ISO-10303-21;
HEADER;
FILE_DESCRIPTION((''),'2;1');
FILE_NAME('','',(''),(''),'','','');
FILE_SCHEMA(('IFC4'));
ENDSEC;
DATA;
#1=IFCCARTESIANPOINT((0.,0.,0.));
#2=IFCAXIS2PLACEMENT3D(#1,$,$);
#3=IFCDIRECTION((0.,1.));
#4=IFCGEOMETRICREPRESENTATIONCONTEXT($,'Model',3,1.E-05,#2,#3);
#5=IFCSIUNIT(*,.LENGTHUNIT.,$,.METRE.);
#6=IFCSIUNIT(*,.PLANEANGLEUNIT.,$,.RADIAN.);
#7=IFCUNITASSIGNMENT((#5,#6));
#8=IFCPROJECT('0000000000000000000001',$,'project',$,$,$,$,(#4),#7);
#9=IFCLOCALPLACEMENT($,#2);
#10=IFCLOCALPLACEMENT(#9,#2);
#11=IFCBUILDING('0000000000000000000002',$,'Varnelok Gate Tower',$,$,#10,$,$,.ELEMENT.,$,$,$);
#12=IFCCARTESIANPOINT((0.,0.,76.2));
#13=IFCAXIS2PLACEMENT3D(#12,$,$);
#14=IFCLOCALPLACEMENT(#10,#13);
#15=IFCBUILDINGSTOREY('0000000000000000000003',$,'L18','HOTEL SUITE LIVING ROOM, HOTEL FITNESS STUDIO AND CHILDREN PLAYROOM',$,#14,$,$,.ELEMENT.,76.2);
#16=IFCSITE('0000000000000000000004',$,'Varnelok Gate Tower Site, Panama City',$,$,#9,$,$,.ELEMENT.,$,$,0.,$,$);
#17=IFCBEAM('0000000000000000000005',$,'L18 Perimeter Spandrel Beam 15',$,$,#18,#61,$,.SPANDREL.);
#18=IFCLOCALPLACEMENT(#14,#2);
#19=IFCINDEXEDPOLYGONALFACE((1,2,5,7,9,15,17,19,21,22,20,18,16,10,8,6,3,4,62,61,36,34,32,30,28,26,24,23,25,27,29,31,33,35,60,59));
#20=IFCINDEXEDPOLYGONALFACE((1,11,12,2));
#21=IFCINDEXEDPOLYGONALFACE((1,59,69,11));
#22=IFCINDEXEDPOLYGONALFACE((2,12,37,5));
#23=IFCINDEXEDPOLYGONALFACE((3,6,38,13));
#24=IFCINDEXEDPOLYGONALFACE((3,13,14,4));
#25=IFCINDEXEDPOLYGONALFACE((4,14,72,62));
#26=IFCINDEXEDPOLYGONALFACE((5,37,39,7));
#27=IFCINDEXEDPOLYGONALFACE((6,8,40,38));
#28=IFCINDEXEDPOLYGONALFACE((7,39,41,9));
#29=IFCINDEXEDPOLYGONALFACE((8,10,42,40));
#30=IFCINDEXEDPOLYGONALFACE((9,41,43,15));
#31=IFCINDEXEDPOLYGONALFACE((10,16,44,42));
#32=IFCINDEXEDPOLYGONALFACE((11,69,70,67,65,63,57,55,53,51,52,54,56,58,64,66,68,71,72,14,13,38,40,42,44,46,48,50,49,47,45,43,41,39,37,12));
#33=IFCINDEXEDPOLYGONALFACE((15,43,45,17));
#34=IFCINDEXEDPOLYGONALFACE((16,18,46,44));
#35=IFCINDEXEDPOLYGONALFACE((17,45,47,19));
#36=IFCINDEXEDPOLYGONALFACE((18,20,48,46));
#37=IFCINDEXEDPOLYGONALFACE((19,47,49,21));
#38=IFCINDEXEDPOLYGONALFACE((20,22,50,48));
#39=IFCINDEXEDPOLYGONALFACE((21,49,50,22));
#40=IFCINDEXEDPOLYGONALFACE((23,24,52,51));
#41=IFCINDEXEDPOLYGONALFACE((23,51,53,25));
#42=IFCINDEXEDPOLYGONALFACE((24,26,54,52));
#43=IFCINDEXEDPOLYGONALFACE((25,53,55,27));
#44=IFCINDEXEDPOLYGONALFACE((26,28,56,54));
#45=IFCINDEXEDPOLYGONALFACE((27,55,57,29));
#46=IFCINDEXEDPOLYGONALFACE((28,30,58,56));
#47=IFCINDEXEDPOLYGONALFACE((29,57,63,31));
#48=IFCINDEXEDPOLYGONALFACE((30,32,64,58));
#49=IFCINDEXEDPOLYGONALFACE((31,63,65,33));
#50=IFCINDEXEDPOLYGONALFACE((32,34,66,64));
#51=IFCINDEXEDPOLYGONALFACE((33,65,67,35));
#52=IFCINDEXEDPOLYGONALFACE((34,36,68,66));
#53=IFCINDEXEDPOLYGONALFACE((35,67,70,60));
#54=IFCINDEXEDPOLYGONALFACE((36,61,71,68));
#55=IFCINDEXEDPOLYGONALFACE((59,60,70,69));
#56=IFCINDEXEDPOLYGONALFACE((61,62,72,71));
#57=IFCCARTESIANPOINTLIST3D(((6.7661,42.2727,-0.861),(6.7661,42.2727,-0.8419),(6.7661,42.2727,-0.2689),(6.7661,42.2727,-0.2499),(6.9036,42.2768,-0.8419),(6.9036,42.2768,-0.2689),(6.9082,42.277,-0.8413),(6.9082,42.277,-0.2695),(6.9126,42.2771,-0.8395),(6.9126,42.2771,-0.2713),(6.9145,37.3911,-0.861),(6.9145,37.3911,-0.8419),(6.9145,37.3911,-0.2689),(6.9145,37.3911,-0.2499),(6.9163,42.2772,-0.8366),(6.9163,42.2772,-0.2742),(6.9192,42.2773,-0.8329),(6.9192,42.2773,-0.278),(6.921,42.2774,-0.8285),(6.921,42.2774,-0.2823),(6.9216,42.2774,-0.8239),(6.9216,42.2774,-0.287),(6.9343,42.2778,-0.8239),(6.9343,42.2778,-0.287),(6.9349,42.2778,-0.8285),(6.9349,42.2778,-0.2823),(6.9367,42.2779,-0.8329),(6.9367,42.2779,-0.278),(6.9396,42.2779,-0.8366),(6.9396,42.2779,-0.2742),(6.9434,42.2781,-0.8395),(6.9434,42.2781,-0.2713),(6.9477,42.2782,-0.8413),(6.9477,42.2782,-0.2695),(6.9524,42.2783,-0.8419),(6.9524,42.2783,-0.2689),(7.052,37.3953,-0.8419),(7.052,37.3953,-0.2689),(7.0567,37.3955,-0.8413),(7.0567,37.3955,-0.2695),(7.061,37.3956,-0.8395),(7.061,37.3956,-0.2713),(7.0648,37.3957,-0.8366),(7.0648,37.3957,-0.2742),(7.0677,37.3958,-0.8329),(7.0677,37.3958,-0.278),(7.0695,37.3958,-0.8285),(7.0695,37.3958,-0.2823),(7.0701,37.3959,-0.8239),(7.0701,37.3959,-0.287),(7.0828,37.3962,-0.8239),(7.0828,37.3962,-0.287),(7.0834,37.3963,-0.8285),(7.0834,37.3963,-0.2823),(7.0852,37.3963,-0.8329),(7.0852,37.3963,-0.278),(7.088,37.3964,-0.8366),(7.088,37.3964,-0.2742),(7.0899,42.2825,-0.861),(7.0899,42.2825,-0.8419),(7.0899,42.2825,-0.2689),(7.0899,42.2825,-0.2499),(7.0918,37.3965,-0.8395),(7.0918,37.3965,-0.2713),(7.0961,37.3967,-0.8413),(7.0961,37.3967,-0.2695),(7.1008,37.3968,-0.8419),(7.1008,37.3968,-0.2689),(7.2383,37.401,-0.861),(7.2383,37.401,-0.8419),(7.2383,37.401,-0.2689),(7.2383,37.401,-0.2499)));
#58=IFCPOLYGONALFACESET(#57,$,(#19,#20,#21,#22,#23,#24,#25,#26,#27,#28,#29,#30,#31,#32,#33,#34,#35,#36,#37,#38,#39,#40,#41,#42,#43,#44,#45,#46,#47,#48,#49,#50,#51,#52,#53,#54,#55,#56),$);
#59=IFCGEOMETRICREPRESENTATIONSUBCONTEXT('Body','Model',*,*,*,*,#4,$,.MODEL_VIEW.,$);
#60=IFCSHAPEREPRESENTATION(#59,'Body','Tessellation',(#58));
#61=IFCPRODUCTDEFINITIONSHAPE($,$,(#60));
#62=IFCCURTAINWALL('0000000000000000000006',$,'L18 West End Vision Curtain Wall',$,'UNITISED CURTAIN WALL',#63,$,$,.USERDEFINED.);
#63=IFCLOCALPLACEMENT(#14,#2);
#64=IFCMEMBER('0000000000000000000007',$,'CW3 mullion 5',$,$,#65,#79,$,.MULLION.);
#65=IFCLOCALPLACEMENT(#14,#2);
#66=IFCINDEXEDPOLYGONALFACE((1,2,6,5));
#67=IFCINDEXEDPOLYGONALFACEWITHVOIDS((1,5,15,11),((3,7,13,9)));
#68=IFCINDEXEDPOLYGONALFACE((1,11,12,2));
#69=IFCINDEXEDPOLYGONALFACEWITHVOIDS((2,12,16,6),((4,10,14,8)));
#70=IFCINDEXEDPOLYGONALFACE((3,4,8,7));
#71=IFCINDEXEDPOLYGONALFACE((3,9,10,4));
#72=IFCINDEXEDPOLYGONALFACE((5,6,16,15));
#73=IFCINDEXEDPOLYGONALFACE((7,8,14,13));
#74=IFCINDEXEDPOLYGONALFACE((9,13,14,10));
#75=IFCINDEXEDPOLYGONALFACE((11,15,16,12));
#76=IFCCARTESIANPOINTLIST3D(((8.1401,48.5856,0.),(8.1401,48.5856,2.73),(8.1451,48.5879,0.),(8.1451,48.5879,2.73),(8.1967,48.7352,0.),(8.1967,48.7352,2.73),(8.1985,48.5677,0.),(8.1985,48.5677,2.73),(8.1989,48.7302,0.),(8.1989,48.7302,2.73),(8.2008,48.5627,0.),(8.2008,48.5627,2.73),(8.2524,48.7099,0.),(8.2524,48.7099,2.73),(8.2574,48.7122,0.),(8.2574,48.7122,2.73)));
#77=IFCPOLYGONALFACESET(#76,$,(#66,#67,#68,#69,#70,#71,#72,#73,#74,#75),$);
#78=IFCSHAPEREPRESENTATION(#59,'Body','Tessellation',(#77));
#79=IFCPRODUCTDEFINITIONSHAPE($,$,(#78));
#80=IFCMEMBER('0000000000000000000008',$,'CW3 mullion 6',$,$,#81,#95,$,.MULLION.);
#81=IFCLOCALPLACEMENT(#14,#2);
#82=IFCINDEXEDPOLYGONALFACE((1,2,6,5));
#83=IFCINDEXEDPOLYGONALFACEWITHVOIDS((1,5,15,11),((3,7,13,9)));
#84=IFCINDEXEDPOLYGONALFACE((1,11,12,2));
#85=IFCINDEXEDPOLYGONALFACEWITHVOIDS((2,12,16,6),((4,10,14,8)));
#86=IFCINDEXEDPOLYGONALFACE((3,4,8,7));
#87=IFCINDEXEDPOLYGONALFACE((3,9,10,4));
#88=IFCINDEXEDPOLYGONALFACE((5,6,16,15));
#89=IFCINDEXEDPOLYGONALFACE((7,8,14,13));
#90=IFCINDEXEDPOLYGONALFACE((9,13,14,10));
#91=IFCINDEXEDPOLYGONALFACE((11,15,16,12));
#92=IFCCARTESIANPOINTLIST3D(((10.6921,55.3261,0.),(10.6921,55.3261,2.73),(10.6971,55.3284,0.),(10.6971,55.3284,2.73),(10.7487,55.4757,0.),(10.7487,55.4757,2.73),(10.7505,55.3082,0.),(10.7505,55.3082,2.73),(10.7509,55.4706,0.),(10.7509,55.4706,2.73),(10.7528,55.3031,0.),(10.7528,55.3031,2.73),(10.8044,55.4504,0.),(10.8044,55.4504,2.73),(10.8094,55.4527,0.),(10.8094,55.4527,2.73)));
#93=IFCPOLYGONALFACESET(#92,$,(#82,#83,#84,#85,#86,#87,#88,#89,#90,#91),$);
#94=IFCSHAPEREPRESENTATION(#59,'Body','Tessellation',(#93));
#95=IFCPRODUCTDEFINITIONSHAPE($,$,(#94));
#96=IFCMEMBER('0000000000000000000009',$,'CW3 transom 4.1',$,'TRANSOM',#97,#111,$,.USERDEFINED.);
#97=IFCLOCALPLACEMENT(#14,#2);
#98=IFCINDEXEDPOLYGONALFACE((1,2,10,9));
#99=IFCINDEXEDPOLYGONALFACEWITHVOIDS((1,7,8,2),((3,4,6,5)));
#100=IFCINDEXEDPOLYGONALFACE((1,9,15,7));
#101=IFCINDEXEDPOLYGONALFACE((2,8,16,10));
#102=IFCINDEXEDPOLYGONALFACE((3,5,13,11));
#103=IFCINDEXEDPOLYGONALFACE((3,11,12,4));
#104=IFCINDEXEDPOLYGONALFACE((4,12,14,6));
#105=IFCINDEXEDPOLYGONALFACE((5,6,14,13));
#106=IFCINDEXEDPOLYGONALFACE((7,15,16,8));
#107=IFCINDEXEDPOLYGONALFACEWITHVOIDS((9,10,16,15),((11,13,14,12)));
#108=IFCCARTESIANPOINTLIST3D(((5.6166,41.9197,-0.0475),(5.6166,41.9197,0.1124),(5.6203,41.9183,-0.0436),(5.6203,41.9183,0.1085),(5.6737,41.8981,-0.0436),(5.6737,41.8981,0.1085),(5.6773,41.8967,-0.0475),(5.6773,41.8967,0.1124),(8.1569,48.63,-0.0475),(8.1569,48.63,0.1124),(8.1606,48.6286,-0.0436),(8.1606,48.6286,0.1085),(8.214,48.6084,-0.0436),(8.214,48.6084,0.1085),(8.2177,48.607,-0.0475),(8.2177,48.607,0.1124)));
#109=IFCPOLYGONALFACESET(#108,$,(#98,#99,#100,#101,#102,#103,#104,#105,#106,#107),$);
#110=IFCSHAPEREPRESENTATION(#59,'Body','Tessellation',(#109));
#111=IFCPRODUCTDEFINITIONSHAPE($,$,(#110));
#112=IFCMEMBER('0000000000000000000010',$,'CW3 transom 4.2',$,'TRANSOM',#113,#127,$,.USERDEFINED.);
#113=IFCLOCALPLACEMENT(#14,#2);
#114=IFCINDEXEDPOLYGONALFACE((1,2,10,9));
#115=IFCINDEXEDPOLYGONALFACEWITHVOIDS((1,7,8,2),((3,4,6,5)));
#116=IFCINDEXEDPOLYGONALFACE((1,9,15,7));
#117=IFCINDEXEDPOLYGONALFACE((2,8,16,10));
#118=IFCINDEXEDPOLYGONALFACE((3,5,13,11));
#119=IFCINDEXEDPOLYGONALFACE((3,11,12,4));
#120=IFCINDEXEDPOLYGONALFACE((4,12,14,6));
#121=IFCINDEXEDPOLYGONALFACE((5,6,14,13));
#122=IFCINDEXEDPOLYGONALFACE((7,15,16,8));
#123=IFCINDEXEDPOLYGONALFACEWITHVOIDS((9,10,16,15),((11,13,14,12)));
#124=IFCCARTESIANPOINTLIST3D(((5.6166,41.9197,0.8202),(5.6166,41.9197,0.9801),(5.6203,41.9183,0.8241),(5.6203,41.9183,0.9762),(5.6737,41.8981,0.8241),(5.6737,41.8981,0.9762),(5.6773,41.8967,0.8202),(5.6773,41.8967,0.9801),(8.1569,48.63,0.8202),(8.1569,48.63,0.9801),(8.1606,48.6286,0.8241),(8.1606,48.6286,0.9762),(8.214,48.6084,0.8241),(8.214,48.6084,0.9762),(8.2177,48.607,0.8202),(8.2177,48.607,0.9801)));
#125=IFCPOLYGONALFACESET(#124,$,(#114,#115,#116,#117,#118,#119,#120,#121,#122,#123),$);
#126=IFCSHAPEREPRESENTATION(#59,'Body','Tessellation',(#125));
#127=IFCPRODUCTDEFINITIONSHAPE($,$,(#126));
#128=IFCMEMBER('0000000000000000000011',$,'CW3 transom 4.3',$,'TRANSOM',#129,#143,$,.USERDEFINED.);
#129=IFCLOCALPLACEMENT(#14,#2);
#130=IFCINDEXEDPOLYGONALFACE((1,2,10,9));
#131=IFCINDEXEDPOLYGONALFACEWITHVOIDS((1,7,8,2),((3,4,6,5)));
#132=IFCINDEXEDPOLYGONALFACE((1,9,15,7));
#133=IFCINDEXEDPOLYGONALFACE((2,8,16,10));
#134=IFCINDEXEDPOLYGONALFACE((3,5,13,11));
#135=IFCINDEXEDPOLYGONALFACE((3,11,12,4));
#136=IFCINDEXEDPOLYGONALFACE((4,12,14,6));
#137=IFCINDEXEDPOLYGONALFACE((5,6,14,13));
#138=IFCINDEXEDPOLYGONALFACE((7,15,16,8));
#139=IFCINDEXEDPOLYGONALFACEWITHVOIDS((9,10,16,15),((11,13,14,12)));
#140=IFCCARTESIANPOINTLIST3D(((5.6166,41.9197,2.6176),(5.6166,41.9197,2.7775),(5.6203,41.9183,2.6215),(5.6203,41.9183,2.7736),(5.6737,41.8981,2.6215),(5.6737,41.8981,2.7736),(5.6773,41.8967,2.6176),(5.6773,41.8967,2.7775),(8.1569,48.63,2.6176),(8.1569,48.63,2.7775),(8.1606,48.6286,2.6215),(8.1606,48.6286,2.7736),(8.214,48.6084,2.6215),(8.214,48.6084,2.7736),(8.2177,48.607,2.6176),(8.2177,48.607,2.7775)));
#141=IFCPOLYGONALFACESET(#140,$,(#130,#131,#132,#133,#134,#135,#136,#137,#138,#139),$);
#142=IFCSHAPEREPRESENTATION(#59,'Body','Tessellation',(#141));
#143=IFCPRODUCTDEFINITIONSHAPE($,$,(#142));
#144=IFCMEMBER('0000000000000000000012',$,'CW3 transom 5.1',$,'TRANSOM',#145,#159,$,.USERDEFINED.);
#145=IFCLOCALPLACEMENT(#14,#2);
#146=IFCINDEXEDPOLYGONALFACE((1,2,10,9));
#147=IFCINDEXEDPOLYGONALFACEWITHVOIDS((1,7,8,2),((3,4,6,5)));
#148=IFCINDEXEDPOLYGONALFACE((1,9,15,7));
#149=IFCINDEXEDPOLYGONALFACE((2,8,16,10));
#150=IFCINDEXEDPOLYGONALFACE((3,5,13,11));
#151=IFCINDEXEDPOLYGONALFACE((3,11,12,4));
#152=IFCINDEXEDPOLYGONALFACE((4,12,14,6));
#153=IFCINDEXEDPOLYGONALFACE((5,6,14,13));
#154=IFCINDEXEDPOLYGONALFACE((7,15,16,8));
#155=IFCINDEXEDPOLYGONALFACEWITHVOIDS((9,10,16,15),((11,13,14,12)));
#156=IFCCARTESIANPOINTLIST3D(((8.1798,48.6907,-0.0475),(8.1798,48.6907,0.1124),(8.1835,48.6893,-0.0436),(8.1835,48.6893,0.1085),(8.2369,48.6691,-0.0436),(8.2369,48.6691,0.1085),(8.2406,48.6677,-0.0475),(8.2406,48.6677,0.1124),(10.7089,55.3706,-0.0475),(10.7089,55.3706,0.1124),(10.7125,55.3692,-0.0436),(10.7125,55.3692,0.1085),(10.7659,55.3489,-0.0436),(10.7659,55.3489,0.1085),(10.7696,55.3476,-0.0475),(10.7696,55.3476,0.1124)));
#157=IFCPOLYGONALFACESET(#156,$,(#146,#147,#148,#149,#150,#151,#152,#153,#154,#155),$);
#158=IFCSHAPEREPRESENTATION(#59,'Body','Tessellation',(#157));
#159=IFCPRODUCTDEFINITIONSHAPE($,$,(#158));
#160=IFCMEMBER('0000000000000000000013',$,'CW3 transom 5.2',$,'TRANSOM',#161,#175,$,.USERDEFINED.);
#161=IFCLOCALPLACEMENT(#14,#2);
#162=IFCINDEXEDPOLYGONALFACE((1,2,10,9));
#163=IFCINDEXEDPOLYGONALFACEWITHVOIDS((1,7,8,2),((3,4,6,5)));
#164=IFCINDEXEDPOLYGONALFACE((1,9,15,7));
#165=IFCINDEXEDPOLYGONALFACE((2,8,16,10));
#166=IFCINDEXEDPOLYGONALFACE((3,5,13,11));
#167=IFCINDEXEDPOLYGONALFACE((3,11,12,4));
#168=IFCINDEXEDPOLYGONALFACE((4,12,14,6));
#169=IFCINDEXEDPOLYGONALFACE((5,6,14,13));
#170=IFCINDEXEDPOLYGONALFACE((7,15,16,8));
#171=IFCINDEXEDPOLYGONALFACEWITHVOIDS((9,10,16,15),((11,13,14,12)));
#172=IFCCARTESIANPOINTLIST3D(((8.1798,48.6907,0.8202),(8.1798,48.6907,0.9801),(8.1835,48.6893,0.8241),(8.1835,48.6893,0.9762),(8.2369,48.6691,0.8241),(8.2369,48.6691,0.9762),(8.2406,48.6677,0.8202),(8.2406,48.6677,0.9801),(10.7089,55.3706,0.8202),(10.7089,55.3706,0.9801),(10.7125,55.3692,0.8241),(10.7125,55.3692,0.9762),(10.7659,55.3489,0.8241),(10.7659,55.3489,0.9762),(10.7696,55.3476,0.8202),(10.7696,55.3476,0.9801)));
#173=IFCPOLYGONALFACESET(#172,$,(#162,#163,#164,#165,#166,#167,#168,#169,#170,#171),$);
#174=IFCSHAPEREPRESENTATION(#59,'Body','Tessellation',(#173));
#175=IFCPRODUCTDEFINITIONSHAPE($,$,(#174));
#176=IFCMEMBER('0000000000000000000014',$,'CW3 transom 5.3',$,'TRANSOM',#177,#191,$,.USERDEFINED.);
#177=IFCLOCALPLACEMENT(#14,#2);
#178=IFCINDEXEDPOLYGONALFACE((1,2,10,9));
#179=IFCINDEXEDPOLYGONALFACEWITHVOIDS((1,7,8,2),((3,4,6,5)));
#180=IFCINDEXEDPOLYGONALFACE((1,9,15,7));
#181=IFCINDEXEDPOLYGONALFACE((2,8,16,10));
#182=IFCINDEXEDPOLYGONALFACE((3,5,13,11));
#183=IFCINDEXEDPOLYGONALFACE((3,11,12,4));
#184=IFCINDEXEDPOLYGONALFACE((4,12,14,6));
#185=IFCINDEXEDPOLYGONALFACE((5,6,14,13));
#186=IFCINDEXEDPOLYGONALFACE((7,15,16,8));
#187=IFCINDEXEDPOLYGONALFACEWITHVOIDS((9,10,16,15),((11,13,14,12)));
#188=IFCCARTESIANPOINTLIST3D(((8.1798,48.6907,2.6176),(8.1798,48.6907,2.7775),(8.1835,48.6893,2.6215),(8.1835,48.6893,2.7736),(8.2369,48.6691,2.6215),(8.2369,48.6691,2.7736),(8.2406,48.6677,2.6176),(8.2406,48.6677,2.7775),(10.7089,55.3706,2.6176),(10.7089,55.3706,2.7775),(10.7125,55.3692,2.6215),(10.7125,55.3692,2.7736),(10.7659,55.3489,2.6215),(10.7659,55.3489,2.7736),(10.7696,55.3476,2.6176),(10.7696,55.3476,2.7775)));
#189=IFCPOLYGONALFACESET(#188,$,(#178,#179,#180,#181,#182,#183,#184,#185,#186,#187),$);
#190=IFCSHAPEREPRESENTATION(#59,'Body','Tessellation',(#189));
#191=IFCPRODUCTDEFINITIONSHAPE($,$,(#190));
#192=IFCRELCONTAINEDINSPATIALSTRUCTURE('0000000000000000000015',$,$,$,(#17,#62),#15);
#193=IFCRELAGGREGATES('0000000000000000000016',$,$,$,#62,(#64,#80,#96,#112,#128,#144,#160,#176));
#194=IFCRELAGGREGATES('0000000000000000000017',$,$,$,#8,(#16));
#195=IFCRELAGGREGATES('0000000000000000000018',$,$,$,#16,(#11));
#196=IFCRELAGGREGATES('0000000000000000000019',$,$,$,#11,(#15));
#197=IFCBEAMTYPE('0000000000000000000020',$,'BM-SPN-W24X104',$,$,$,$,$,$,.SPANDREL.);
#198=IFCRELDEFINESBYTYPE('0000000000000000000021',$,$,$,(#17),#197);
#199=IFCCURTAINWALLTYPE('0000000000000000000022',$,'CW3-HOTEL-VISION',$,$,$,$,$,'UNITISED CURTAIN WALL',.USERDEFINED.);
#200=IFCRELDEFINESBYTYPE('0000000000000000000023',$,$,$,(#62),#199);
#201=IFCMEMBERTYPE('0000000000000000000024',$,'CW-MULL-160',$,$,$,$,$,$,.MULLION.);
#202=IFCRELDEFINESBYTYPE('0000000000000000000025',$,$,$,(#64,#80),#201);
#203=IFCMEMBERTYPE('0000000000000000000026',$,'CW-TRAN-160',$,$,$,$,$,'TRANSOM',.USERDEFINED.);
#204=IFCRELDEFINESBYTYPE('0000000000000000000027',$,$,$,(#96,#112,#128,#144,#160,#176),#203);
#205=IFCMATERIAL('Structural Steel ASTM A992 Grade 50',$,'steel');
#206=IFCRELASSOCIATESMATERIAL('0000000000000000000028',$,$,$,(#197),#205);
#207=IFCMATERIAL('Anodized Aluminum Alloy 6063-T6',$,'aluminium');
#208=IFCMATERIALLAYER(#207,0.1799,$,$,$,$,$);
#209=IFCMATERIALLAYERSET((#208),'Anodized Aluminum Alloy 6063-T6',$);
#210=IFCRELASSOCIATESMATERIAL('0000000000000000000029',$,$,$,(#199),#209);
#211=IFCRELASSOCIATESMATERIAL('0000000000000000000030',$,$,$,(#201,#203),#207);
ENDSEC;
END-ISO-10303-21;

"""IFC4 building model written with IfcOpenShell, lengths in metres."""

from ifc_helpers import new_model, si_unit, direction, frame, origin, origin_2d, place, context, subcontext, project, spatial, hollow_rectangle, i_section, extrude, material, layer, layer_set, material_profile, profile_set, type_object, element, aggregate, save


model = new_model("IFC4")

# Units and contexts
model_context = context("Model", 3, precision=1e-05, world=origin(), true_north=direction((0.0, 1.0)))
body_context = subcontext(model_context, "Body", "Model", "MODEL_VIEW")
ifc_project = project(units=[si_unit("LENGTHUNIT", "METRE"), si_unit("PLANEANGLEUNIT", "RADIAN")], contexts=[model_context])

# Site, building, storey
site_placement = place(None, origin())
site = spatial("IfcSite", under=ifc_project, at=site_placement, Name="Varnelok Gate Tower Site, Panama City", CompositionType="ELEMENT", RefElevation=0.0)
building_placement = place(site_placement, origin())
building = spatial("IfcBuilding", under=site, at=building_placement, Name="Varnelok Gate Tower", CompositionType="ELEMENT")
storey_placement = place(building_placement, frame((0.0, 0.0, 76.2)))
storey = spatial("IfcBuildingStorey", under=building, at=storey_placement, Name="L18", Description="HOTEL SUITE LIVING ROOM, HOTEL FITNESS STUDIO AND CHILDREN PLAYROOM", CompositionType="ELEMENT", Elevation=76.2)

# Shared definitions
ifc_material_1 = material(Name="Structural Steel ASTM A992 Grade 50", Category="steel")

# Beam
ifc_material_profile_1 = material_profile(ifc_material_1, i_section(OverallWidth=0.324, OverallDepth=0.6111, WebThickness=0.0127, FlangeThickness=0.019, FilletRadius=0.0181, at=origin_2d()), Name="W24X104")
ifc_profile_set_1 = profile_set([ifc_material_profile_1], Name="Structural Steel ASTM A992 Grade 50")
beam_type_1 = type_object("IfcBeamType", Name="BM-SPN-W24X104", PredefinedType="SPANDREL", material=ifc_profile_set_1)
beam_1_placement = place(storey_placement, frame((6.928, 42.2776, -0.5554), z_axis=(0.030394, -0.999538, 0.0), x_axis=(0.999538, 0.030394, 0.0)))
element("IfcBeam", 1, at=beam_1_placement, inside=storey, type_object=beam_type_1, Name="L18 Perimeter Spandrel Beam 15", PredefinedType="SPANDREL", context=body_context, shape_type="SweptSolid", body=[
    extrude(i_section(OverallWidth=0.324, OverallDepth=0.6111, WebThickness=0.0127, FlangeThickness=0.019, FilletRadius=0.0181, at=origin_2d()), origin(), (0.0, 0.0, 1.0), 4.8838),
])

# Curtain wall, members
ifc_material_2 = material(Name="Anodized Aluminum Alloy 6063-T6", Category="aluminium")
ifc_layer_1 = layer(ifc_material_2, 0.1799)
ifc_layer_set_1 = layer_set([ifc_layer_1], Name="Anodized Aluminum Alloy 6063-T6")
curtain_wall_type = type_object("IfcCurtainWallType", Name="CW3-HOTEL-VISION", ElementType="UNITISED CURTAIN WALL", PredefinedType="USERDEFINED", material=ifc_layer_set_1)
curtain_wall_placement = place(storey_placement, origin())
curtain_wall = element("IfcCurtainWall", 2, at=curtain_wall_placement, inside=storey, type_object=curtain_wall_type, Name="L18 West End Vision Curtain Wall", ObjectType="UNITISED CURTAIN WALL", PredefinedType="USERDEFINED")
ifc_material_profile_2 = material_profile(ifc_material_2, hollow_rectangle(XDim=0.0649, YDim=0.1599, WallThickness=0.0039, at=origin_2d()), Name="ALU160X65X4")
ifc_profile_set_2 = profile_set([ifc_material_profile_2], Name="Anodized Aluminum Alloy 6063-T6")
member_type_1 = type_object("IfcMemberType", Name="CW-MULL-160", PredefinedType="MULLION", material=ifc_profile_set_2)
member_1_placement = place(storey_placement, frame((8.1987, 48.6489, 0.0), z_axis=(0.0, 0.0, 1.0), x_axis=(-0.935221, 0.354064, 0.0)))
member_1 = element("IfcMember", 3, at=member_1_placement, type_object=member_type_1, Name="CW3 mullion 5", PredefinedType="MULLION", context=body_context, shape_type="SweptSolid", body=[
    extrude(hollow_rectangle(XDim=0.0649, YDim=0.1599, WallThickness=0.0039, at=origin_2d()), origin(), (0.0, 0.0, 1.0), 2.73),
])
member_2_placement = place(storey_placement, frame((10.7507, 55.3894, 0.0), z_axis=(0.0, 0.0, 1.0), x_axis=(-0.935221, 0.354064, 0.0)))
member_2 = element("IfcMember", 4, at=member_2_placement, type_object=member_type_1, Name="CW3 mullion 6", PredefinedType="MULLION", context=body_context, shape_type="SweptSolid", body=[
    extrude(hollow_rectangle(XDim=0.0649, YDim=0.1599, WallThickness=0.0039, at=origin_2d()), origin(), (0.0, 0.0, 1.0), 2.73),
])
ifc_material_profile_3 = material_profile(ifc_material_2, hollow_rectangle(XDim=0.0649, YDim=0.1599, WallThickness=0.0039, at=origin_2d()), Name="ALU160X65X4")
ifc_profile_set_3 = profile_set([ifc_material_profile_3], Name="Anodized Aluminum Alloy 6063-T6")
member_type_2 = type_object("IfcMemberType", Name="CW-TRAN-160", ElementType="TRANSOM", PredefinedType="USERDEFINED", material=ifc_profile_set_3)
member_3_placement = place(storey_placement, frame((5.647, 41.9082, 0.0325), z_axis=(0.354049, 0.935227, 0.0), x_axis=(-0.935227, 0.354049, 0.0)))
member_3 = element("IfcMember", 5, at=member_3_placement, type_object=member_type_2, Name="CW3 transom 4.1", ObjectType="TRANSOM", PredefinedType="USERDEFINED", context=body_context, shape_type="SweptSolid", body=[
    extrude(hollow_rectangle(XDim=0.0649, YDim=0.1599, WallThickness=0.0039, at=origin_2d()), origin(), (0.0, 0.0, 1.0), 7.175),
])
member_4_placement = place(storey_placement, frame((5.647, 41.9082, 0.9001), z_axis=(0.354049, 0.935227, 0.0), x_axis=(-0.935227, 0.354049, 0.0)))
member_4 = element("IfcMember", 6, at=member_4_placement, type_object=member_type_2, Name="CW3 transom 4.2", ObjectType="TRANSOM", PredefinedType="USERDEFINED", context=body_context, shape_type="SweptSolid", body=[
    extrude(hollow_rectangle(XDim=0.0649, YDim=0.1599, WallThickness=0.0039, at=origin_2d()), origin(), (0.0, 0.0, 1.0), 7.175),
])
member_5_placement = place(storey_placement, frame((5.647, 41.9082, 2.6975), z_axis=(0.354049, 0.935227, 0.0), x_axis=(-0.935227, 0.354049, 0.0)))
member_5 = element("IfcMember", 7, at=member_5_placement, type_object=member_type_2, Name="CW3 transom 4.3", ObjectType="TRANSOM", PredefinedType="USERDEFINED", context=body_context, shape_type="SweptSolid", body=[
    extrude(hollow_rectangle(XDim=0.0649, YDim=0.1599, WallThickness=0.0039, at=origin_2d()), origin(), (0.0, 0.0, 1.0), 7.175),
])
member_6_placement = place(storey_placement, frame((8.2102, 48.6792, 0.0325), z_axis=(0.354077, 0.935216, 0.0), x_axis=(-0.935216, 0.354077, 0.0)))
member_6 = element("IfcMember", 8, at=member_6_placement, type_object=member_type_2, Name="CW3 transom 5.1", ObjectType="TRANSOM", PredefinedType="USERDEFINED", context=body_context, shape_type="SweptSolid", body=[
    extrude(hollow_rectangle(XDim=0.0649, YDim=0.1599, WallThickness=0.0039, at=origin_2d()), origin(), (0.0, 0.0, 1.0), 7.1426),
])
member_7_placement = place(storey_placement, frame((8.2102, 48.6792, 0.9001), z_axis=(0.354077, 0.935216, 0.0), x_axis=(-0.935216, 0.354077, 0.0)))
member_7 = element("IfcMember", 9, at=member_7_placement, type_object=member_type_2, Name="CW3 transom 5.2", ObjectType="TRANSOM", PredefinedType="USERDEFINED", context=body_context, shape_type="SweptSolid", body=[
    extrude(hollow_rectangle(XDim=0.0649, YDim=0.1599, WallThickness=0.0039, at=origin_2d()), origin(), (0.0, 0.0, 1.0), 7.1426),
])
member_8_placement = place(storey_placement, frame((8.2102, 48.6792, 2.6975), z_axis=(0.354077, 0.935216, 0.0), x_axis=(-0.935216, 0.354077, 0.0)))
member_8 = element("IfcMember", 10, at=member_8_placement, type_object=member_type_2, Name="CW3 transom 5.3", ObjectType="TRANSOM", PredefinedType="USERDEFINED", context=body_context, shape_type="SweptSolid", body=[
    extrude(hollow_rectangle(XDim=0.0649, YDim=0.1599, WallThickness=0.0039, at=origin_2d()), origin(), (0.0, 0.0, 1.0), 7.1426),
])
aggregate(curtain_wall, [member_1, member_2, member_3, member_4, member_5, member_6, member_7, member_8])

save(model, "model.ifc")
